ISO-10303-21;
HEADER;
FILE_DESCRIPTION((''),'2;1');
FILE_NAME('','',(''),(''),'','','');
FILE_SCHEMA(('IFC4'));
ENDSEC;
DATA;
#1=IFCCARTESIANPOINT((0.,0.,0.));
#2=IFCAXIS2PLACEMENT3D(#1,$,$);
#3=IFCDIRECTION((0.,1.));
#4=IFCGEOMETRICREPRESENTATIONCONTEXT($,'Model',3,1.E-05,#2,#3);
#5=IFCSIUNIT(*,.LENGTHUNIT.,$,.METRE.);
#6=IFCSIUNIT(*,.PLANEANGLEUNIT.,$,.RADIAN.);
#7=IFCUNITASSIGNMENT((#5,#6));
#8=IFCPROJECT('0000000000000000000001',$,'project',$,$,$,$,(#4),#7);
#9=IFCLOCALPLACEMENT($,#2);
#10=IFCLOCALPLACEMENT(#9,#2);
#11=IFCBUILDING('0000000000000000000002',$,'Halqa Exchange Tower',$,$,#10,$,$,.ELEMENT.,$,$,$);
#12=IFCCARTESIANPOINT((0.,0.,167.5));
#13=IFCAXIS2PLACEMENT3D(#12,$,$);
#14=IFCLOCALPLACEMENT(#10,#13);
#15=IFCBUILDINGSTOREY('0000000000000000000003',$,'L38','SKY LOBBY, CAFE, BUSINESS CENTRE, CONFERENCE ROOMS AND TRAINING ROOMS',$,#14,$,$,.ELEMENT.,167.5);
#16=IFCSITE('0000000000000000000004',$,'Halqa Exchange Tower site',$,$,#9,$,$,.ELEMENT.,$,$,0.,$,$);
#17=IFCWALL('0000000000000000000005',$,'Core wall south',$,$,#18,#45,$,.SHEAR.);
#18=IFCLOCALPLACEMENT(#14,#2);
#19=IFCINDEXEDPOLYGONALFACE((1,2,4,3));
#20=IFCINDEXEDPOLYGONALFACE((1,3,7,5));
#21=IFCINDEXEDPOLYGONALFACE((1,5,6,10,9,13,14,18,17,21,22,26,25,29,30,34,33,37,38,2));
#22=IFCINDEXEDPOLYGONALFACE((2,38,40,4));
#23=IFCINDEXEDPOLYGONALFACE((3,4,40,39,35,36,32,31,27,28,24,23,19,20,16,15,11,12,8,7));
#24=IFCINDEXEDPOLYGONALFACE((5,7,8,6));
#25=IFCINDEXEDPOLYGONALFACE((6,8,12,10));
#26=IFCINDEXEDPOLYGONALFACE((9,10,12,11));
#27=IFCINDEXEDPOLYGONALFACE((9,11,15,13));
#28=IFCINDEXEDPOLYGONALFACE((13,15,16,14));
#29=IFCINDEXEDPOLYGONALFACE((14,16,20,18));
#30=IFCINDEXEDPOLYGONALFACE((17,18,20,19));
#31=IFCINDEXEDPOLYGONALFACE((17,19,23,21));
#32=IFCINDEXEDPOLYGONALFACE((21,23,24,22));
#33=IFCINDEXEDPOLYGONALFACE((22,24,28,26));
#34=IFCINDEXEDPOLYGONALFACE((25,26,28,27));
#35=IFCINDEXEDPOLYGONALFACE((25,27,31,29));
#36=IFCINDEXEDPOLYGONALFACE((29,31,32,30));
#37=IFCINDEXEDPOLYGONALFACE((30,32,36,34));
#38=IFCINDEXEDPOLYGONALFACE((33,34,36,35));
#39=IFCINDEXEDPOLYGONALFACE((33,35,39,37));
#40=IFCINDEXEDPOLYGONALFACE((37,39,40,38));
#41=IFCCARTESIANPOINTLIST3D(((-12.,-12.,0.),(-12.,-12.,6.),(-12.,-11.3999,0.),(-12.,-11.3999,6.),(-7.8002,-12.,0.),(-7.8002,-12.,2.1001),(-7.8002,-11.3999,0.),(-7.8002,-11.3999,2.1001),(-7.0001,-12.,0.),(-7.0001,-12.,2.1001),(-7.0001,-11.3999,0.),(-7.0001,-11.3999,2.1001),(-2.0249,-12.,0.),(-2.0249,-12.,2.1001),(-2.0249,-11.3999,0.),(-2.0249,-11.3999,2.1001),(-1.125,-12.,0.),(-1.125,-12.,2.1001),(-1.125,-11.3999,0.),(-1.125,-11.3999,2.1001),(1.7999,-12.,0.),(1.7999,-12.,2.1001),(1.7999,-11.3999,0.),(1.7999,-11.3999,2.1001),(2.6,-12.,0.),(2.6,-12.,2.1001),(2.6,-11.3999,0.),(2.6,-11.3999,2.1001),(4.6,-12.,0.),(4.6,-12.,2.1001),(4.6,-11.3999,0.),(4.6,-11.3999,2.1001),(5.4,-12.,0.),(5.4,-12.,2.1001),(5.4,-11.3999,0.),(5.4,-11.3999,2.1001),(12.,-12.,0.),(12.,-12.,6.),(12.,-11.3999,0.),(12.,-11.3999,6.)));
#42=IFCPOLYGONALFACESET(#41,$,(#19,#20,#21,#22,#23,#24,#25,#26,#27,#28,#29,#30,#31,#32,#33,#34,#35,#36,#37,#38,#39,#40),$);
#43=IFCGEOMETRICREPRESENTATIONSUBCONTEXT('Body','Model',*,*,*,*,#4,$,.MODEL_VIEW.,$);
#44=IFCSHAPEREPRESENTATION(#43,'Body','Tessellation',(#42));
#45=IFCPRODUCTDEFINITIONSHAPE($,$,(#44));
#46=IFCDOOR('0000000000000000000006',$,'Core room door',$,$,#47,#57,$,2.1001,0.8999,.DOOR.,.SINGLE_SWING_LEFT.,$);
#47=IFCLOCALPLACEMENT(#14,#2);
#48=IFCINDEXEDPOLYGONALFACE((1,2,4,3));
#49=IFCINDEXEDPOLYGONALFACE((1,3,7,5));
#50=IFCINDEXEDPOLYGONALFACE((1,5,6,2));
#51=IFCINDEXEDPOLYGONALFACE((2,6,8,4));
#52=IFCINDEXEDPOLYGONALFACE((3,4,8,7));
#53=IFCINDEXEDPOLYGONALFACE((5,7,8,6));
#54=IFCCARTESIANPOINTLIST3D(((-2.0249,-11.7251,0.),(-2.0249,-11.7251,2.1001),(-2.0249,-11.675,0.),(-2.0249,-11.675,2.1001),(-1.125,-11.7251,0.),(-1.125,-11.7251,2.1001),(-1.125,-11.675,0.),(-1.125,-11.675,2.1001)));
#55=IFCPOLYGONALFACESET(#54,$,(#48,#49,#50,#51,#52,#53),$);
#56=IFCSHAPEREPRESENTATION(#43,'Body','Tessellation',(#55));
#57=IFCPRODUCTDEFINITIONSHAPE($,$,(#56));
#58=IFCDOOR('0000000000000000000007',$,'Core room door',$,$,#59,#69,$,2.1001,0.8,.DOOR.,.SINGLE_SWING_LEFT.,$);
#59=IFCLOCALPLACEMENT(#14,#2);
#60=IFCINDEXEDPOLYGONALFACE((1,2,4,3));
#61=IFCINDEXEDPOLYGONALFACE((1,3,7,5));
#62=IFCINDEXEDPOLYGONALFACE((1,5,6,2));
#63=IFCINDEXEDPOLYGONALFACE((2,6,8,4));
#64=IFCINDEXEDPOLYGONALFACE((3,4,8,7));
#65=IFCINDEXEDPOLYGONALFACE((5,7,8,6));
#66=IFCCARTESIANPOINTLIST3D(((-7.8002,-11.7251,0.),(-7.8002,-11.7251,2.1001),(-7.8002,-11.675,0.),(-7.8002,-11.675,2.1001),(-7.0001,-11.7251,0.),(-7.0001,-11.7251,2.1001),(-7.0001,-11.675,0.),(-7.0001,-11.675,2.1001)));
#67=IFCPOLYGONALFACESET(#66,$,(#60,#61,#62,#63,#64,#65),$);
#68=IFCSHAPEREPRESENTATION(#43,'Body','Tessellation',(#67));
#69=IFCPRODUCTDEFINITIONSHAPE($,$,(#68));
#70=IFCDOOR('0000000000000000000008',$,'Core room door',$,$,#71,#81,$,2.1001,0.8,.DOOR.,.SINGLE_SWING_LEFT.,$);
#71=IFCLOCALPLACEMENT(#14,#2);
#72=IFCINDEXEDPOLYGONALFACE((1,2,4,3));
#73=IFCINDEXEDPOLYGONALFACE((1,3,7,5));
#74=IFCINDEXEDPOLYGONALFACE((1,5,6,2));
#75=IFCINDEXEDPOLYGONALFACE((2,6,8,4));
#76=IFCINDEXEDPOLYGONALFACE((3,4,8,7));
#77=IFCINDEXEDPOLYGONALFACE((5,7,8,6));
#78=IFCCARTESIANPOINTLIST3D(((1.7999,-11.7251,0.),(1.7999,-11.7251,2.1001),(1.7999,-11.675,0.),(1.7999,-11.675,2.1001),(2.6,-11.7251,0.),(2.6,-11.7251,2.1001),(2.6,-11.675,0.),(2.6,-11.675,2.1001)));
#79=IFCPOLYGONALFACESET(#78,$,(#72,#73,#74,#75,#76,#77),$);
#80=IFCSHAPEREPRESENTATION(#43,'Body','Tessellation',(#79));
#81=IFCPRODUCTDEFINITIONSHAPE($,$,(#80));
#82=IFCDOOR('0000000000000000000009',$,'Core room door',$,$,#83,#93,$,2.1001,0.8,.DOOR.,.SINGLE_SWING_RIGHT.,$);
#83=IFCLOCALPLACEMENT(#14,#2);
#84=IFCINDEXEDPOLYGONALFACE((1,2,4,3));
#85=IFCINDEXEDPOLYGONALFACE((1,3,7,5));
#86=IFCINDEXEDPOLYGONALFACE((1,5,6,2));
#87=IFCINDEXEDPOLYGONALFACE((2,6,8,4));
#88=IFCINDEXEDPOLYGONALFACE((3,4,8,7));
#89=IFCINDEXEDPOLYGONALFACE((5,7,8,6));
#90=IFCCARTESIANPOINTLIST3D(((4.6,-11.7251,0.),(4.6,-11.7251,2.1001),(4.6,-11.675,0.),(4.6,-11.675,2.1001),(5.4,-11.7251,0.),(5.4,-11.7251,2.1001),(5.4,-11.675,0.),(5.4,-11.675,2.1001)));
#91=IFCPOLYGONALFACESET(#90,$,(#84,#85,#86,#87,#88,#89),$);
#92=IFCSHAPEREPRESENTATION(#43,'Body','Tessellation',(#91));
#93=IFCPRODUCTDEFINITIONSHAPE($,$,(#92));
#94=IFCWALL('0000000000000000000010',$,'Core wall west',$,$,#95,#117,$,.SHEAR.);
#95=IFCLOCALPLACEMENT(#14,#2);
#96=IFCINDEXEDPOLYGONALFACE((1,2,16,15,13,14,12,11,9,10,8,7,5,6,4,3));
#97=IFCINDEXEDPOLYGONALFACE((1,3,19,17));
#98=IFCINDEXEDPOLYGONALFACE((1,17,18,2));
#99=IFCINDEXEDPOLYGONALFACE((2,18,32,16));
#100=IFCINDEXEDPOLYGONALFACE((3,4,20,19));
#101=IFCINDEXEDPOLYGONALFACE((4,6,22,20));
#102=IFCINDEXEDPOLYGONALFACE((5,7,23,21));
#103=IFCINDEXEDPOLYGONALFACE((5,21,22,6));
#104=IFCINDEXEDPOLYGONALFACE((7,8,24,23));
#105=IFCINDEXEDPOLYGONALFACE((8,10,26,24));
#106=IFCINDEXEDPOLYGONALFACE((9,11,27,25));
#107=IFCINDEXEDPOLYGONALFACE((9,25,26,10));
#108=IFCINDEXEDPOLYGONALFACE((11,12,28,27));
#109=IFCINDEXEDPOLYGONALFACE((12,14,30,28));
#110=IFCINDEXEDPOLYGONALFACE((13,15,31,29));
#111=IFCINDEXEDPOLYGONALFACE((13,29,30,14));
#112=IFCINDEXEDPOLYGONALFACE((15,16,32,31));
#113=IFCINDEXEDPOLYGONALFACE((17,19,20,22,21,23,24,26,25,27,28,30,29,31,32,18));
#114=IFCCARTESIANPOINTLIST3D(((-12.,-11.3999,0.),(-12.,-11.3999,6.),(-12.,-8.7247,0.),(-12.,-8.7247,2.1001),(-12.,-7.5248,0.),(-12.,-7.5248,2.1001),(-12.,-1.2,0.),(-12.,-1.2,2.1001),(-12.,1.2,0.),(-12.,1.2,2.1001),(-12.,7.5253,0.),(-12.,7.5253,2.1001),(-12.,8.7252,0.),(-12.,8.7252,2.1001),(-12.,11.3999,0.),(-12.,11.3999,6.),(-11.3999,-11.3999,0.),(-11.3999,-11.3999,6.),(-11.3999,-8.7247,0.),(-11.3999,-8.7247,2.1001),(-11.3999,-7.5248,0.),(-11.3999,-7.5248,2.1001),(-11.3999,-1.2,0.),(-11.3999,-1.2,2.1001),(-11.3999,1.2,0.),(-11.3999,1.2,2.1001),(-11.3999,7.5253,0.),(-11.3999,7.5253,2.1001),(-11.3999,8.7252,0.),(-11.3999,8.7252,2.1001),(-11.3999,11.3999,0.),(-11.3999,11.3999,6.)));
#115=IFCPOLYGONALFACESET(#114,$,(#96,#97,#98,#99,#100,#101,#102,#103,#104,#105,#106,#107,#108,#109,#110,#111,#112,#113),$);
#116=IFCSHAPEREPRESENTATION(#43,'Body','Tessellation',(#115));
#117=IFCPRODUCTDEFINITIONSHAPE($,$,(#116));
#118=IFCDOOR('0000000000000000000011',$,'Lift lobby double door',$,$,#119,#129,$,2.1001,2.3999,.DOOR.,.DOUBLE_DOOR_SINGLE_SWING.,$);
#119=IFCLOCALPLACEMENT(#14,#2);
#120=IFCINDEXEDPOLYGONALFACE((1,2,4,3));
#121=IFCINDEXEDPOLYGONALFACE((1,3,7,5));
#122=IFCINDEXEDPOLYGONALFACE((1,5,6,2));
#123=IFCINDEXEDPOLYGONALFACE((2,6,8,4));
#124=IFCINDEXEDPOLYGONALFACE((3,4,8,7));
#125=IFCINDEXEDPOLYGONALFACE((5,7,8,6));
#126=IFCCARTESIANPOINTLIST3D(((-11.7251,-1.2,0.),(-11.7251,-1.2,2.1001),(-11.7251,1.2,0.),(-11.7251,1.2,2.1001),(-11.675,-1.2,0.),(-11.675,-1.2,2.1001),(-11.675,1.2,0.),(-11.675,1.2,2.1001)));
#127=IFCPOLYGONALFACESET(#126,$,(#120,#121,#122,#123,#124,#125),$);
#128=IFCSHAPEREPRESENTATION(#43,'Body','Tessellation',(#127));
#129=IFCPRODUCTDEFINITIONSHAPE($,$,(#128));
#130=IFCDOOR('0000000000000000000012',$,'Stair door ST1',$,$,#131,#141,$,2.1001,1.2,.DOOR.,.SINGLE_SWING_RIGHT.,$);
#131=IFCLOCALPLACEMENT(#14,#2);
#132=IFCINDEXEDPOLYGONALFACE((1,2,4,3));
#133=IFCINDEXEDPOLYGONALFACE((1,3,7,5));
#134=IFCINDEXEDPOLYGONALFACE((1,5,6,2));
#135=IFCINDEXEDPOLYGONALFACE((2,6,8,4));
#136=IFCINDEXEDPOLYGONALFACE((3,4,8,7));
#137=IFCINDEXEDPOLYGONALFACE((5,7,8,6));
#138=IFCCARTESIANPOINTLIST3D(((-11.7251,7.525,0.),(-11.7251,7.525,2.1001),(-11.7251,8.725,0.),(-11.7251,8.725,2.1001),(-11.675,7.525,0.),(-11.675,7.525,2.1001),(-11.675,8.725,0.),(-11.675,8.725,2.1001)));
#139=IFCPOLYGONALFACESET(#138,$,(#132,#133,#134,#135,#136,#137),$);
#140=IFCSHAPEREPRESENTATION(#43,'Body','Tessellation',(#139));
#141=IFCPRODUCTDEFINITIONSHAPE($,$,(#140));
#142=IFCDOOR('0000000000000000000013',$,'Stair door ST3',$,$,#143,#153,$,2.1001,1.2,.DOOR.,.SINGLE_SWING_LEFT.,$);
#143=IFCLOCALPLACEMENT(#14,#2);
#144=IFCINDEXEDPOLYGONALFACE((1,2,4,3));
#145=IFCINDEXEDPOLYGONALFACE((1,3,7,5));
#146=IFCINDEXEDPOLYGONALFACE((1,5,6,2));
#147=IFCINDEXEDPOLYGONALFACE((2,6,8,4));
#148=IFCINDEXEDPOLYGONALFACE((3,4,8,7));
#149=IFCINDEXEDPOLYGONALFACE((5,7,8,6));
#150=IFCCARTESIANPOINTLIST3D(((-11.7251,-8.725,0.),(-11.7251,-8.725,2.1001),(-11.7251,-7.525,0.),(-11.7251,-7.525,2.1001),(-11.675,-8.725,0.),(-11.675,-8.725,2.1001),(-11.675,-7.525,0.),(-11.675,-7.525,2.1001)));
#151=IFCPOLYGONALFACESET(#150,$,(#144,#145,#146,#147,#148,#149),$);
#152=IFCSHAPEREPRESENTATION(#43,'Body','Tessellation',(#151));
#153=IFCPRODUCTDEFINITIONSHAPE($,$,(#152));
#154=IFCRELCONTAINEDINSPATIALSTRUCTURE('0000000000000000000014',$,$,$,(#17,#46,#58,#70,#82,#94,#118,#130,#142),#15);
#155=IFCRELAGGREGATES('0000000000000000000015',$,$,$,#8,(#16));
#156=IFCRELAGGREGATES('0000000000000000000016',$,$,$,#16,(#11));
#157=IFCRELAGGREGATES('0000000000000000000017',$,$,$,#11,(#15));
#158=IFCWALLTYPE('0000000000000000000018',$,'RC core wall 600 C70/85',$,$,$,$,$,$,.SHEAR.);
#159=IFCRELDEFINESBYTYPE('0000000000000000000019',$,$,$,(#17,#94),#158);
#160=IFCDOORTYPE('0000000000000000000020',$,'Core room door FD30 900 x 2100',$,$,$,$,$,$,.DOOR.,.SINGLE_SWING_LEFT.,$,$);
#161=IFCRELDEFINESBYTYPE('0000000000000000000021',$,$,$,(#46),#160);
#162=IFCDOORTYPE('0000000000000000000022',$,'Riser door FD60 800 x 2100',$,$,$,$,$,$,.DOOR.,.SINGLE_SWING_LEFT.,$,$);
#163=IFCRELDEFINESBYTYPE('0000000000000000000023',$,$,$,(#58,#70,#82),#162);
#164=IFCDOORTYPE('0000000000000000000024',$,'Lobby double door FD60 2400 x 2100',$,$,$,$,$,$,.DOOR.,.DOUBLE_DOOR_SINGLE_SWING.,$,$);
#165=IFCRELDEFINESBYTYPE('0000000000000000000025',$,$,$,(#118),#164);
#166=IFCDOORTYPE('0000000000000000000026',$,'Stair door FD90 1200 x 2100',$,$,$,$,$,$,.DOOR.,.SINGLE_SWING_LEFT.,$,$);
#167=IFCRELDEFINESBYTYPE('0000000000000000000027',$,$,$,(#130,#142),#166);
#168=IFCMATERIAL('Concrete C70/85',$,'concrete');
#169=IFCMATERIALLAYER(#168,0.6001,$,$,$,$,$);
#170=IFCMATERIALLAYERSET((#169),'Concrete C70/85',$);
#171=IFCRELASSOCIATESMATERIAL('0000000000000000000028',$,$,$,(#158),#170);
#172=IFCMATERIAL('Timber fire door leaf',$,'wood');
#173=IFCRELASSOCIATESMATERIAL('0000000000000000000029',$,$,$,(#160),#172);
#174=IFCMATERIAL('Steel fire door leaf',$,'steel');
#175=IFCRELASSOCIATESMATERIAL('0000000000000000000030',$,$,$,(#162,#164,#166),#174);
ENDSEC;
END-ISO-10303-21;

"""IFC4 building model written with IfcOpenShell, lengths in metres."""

from ifc_helpers import new_model, si_unit, direction, frame, frame_2d, origin, place, context, subcontext, project, spatial, rectangle, extrude, material, layer, layer_set, type_object, element, fill, save


model = new_model("IFC4")

# Units and contexts
model_context = context("Model", 3, precision=1e-05, world=origin(), true_north=direction((0.0, 1.0)))
body_context = subcontext(model_context, "Body", "Model", "MODEL_VIEW")
ifc_project = project(units=[si_unit("LENGTHUNIT", "METRE"), si_unit("PLANEANGLEUNIT", "RADIAN")], contexts=[model_context])

# Site, building, storey
site_placement = place(None, origin())
site = spatial("IfcSite", under=ifc_project, at=site_placement, Name="Halqa Exchange Tower site", CompositionType="ELEMENT", RefElevation=0.0)
building_placement = place(site_placement, origin())
building = spatial("IfcBuilding", under=site, at=building_placement, Name="Halqa Exchange Tower", CompositionType="ELEMENT")
storey_placement = place(building_placement, frame((0.0, 0.0, 167.5)))
storey = spatial("IfcBuildingStorey", under=building, at=storey_placement, Name="L38", Description="SKY LOBBY, CAFE, BUSINESS CENTRE, CONFERENCE ROOMS AND TRAINING ROOMS", CompositionType="ELEMENT", Elevation=167.5)

# Walls, openings, doors
ifc_material_1 = material(Name="Concrete C70/85", Category="concrete")
ifc_layer_1 = layer(ifc_material_1, 0.6001)
ifc_layer_set_1 = layer_set([ifc_layer_1], Name="Concrete C70/85")
wall_type_1 = type_object("IfcWallType", Name="RC core wall 600 C70/85", PredefinedType="SHEAR", material=ifc_layer_set_1)
wall_1_placement = place(storey_placement, frame((-12.0, -11.7, 0.0), z_axis=(0.0, 0.0, 1.0), x_axis=(1.0, 0.0, 0.0)))
wall_1 = element("IfcWall", 1, at=wall_1_placement, inside=storey, type_object=wall_type_1, Name="Core wall south", PredefinedType="SHEAR", context=body_context, shape_type="SweptSolid", body=[
    extrude(rectangle(XDim=24.0, YDim=0.6001, at=frame_2d((12.0, 0.0))), origin(), (0.0, 0.0, 1.0), 6.0),
])
opening_1_placement = place(wall_1_placement, frame((9.9751, 0.0, 0.0)))
opening_1 = element("IfcOpeningElement", 2, at=opening_1_placement, cuts=wall_1, PredefinedType="OPENING", context=body_context, shape_type="SweptSolid", body=[
    extrude(rectangle(XDim=0.8999, YDim=2.1001, at=frame_2d((0.45, 1.05))), frame((0.0, 0.312, 0.0), z_axis=(0.0, -1.0, 0.0), x_axis=(1.0, 0.0, 0.0)), (0.0, 0.0, 1.0), 0.624),
])
opening_2_placement = place(wall_1_placement, frame((4.2, 0.0, 0.0)))
opening_2 = element("IfcOpeningElement", 3, at=opening_2_placement, cuts=wall_1, PredefinedType="OPENING", context=body_context, shape_type="SweptSolid", body=[
    extrude(rectangle(XDim=0.8, YDim=2.1001, at=frame_2d((0.3999, 1.05))), frame((0.0, 0.312, 0.0), z_axis=(0.0, -1.0, 0.0), x_axis=(1.0, 0.0, 0.0)), (0.0, 0.0, 1.0), 0.624),
])
opening_3_placement = place(wall_1_placement, frame((13.8, 0.0, 0.0)))
opening_3 = element("IfcOpeningElement", 4, at=opening_3_placement, cuts=wall_1, PredefinedType="OPENING", context=body_context, shape_type="SweptSolid", body=[
    extrude(rectangle(XDim=0.8, YDim=2.1001, at=frame_2d((0.3999, 1.05))), frame((0.0, 0.312, 0.0), z_axis=(0.0, -1.0, 0.0), x_axis=(1.0, 0.0, 0.0)), (0.0, 0.0, 1.0), 0.624),
])
opening_4_placement = place(wall_1_placement, frame((16.6001, 0.0, 0.0)))
opening_4 = element("IfcOpeningElement", 5, at=opening_4_placement, cuts=wall_1, PredefinedType="OPENING", context=body_context, shape_type="SweptSolid", body=[
    extrude(rectangle(XDim=0.8, YDim=2.1001, at=frame_2d((0.3999, 1.05))), frame((0.0, 0.312, 0.0), z_axis=(0.0, -1.0, 0.0), x_axis=(1.0, 0.0, 0.0)), (0.0, 0.0, 1.0), 0.624),
])
ifc_material_2 = material(Name="Timber fire door leaf", Category="wood")
door_type_1 = type_object("IfcDoorType", Name="Core room door FD30 900 x 2100", OperationType="SINGLE_SWING_LEFT", PredefinedType="DOOR", material=ifc_material_2)
door_1_placement = place(opening_1_placement, origin())
door_1 = element("IfcDoor", 6, at=door_1_placement, inside=storey, type_object=door_type_1, Name="Core room door", OperationType="SINGLE_SWING_LEFT", OverallHeight=2.1001, OverallWidth=0.8999, PredefinedType="DOOR", context=body_context, shape_type="SweptSolid", body=[
    extrude(rectangle(XDim=0.8999, YDim=2.1001, at=frame_2d((0.45, 1.05))), frame((0.0, 0.0249, 0.0), z_axis=(0.0, -1.0, 0.0), x_axis=(1.0, 0.0, 0.0)), (0.0, 0.0, 1.0), 0.05),
])
fill(opening_1, door_1)
ifc_material_3 = material(Name="Steel fire door leaf", Category="steel")
door_type_2 = type_object("IfcDoorType", Name="Riser door FD60 800 x 2100", OperationType="SINGLE_SWING_LEFT", PredefinedType="DOOR", material=ifc_material_3)
door_2_placement = place(opening_2_placement, origin())
door_2 = element("IfcDoor", 7, at=door_2_placement, inside=storey, type_object=door_type_2, Name="Core room door", OperationType="SINGLE_SWING_LEFT", OverallHeight=2.1001, OverallWidth=0.8, PredefinedType="DOOR", context=body_context, shape_type="SweptSolid", body=[
    extrude(rectangle(XDim=0.8, YDim=2.1001, at=frame_2d((0.3999, 1.05))), frame((0.0, 0.0249, 0.0), z_axis=(0.0, -1.0, 0.0), x_axis=(1.0, 0.0, 0.0)), (0.0, 0.0, 1.0), 0.05),
])
fill(opening_2, door_2)
door_3_placement = place(opening_3_placement, origin())
door_3 = element("IfcDoor", 8, at=door_3_placement, inside=storey, type_object=door_type_2, Name="Core room door", OperationType="SINGLE_SWING_LEFT", OverallHeight=2.1001, OverallWidth=0.8, PredefinedType="DOOR", context=body_context, shape_type="SweptSolid", body=[
    extrude(rectangle(XDim=0.8, YDim=2.1001, at=frame_2d((0.3999, 1.05))), frame((0.0, 0.0249, 0.0), z_axis=(0.0, -1.0, 0.0), x_axis=(1.0, 0.0, 0.0)), (0.0, 0.0, 1.0), 0.05),
])
fill(opening_3, door_3)
door_4_placement = place(opening_4_placement, origin())
door_4 = element("IfcDoor", 9, at=door_4_placement, inside=storey, type_object=door_type_2, Name="Core room door", OperationType="SINGLE_SWING_RIGHT", OverallHeight=2.1001, OverallWidth=0.8, PredefinedType="DOOR", context=body_context, shape_type="SweptSolid", body=[
    extrude(rectangle(XDim=0.8, YDim=2.1001, at=frame_2d((0.3999, 1.05))), frame((0.0, 0.0249, 0.0), z_axis=(0.0, -1.0, 0.0), x_axis=(1.0, 0.0, 0.0)), (0.0, 0.0, 1.0), 0.05),
])
fill(opening_4, door_4)
wall_2_placement = place(storey_placement, frame((-11.7, -11.3999, 0.0), z_axis=(0.0, 0.0, 1.0), x_axis=(0.0, 1.0, 0.0)))
wall_2 = element("IfcWall", 10, at=wall_2_placement, inside=storey, type_object=wall_type_1, Name="Core wall west", PredefinedType="SHEAR", context=body_context, shape_type="SweptSolid", body=[
    extrude(rectangle(XDim=22.7998, YDim=0.6001, at=frame_2d((11.3999, 0.0))), origin(), (0.0, 0.0, 1.0), 6.0),
])
opening_5_placement = place(wall_2_placement, frame((10.2, 0.0, 0.0)))
opening_5 = element("IfcOpeningElement", 11, at=opening_5_placement, cuts=wall_2, PredefinedType="OPENING", context=body_context, shape_type="SweptSolid", body=[
    extrude(rectangle(XDim=2.3999, YDim=2.1001, at=frame_2d((1.2, 1.05))), frame((0.0, 0.312, 0.0), z_axis=(0.0, -1.0, 0.0), x_axis=(1.0, 0.0, 0.0)), (0.0, 0.0, 1.0), 0.624),
])
opening_6_placement = place(wall_2_placement, frame((18.925, 0.0, 0.0)))
opening_6 = element("IfcOpeningElement", 12, at=opening_6_placement, cuts=wall_2, PredefinedType="OPENING", context=body_context, shape_type="SweptSolid", body=[
    extrude(rectangle(XDim=1.2, YDim=2.1001, at=frame_2d((0.6001, 1.05))), frame((0.0, 0.312, 0.0), z_axis=(0.0, -1.0, 0.0), x_axis=(1.0, 0.0, 0.0)), (0.0, 0.0, 1.0), 0.624),
])
opening_7_placement = place(wall_2_placement, frame((2.675, 0.0, 0.0)))
opening_7 = element("IfcOpeningElement", 13, at=opening_7_placement, cuts=wall_2, PredefinedType="OPENING", context=body_context, shape_type="SweptSolid", body=[
    extrude(rectangle(XDim=1.2, YDim=2.1001, at=frame_2d((0.6001, 1.05))), frame((0.0, 0.312, 0.0), z_axis=(0.0, -1.0, 0.0), x_axis=(1.0, 0.0, 0.0)), (0.0, 0.0, 1.0), 0.624),
])
door_type_3 = type_object("IfcDoorType", Name="Lobby double door FD60 2400 x 2100", OperationType="DOUBLE_DOOR_SINGLE_SWING", PredefinedType="DOOR", material=ifc_material_3)
door_5_placement = place(opening_5_placement, frame((2.3999, 0.0, 0.0), z_axis=(0.0, 0.0, 1.0), x_axis=(-1.0, 0.0, 0.0)))
door_5 = element("IfcDoor", 14, at=door_5_placement, inside=storey, type_object=door_type_3, Name="Lift lobby double door", OperationType="DOUBLE_DOOR_SINGLE_SWING", OverallHeight=2.1001, OverallWidth=2.3999, PredefinedType="DOOR", context=body_context, shape_type="SweptSolid", body=[
    extrude(rectangle(XDim=2.3999, YDim=2.1001, at=frame_2d((1.2, 1.05))), frame((0.0, 0.0249, 0.0), z_axis=(0.0, -1.0, 0.0), x_axis=(1.0, 0.0, 0.0)), (0.0, 0.0, 1.0), 0.05),
])
fill(opening_5, door_5)
door_type_4 = type_object("IfcDoorType", Name="Stair door FD90 1200 x 2100", OperationType="SINGLE_SWING_LEFT", PredefinedType="DOOR", material=ifc_material_3)
door_6_placement = place(opening_6_placement, frame((1.2, 0.0, 0.0), z_axis=(0.0, 0.0, 1.0), x_axis=(-1.0, 0.0, 0.0)))
door_6 = element("IfcDoor", 15, at=door_6_placement, inside=storey, type_object=door_type_4, Name="Stair door ST1", OperationType="SINGLE_SWING_RIGHT", OverallHeight=2.1001, OverallWidth=1.2, PredefinedType="DOOR", context=body_context, shape_type="SweptSolid", body=[
    extrude(rectangle(XDim=1.2, YDim=2.1001, at=frame_2d((0.6001, 1.05))), frame((0.0, 0.0249, 0.0), z_axis=(0.0, -1.0, 0.0), x_axis=(1.0, 0.0, 0.0)), (0.0, 0.0, 1.0), 0.05),
])
fill(opening_6, door_6)
door_7_placement = place(opening_7_placement, frame((1.2, 0.0, 0.0), z_axis=(0.0, 0.0, 1.0), x_axis=(-1.0, 0.0, 0.0)))
door_7 = element("IfcDoor", 16, at=door_7_placement, inside=storey, type_object=door_type_4, Name="Stair door ST3", OperationType="SINGLE_SWING_LEFT", OverallHeight=2.1001, OverallWidth=1.2, PredefinedType="DOOR", context=body_context, shape_type="SweptSolid", body=[
    extrude(rectangle(XDim=1.2, YDim=2.1001, at=frame_2d((0.6001, 1.05))), frame((0.0, 0.0249, 0.0), z_axis=(0.0, -1.0, 0.0), x_axis=(1.0, 0.0, 0.0)), (0.0, 0.0, 1.0), 0.05),
])
fill(opening_7, door_7)

save(model, "model.ifc")
